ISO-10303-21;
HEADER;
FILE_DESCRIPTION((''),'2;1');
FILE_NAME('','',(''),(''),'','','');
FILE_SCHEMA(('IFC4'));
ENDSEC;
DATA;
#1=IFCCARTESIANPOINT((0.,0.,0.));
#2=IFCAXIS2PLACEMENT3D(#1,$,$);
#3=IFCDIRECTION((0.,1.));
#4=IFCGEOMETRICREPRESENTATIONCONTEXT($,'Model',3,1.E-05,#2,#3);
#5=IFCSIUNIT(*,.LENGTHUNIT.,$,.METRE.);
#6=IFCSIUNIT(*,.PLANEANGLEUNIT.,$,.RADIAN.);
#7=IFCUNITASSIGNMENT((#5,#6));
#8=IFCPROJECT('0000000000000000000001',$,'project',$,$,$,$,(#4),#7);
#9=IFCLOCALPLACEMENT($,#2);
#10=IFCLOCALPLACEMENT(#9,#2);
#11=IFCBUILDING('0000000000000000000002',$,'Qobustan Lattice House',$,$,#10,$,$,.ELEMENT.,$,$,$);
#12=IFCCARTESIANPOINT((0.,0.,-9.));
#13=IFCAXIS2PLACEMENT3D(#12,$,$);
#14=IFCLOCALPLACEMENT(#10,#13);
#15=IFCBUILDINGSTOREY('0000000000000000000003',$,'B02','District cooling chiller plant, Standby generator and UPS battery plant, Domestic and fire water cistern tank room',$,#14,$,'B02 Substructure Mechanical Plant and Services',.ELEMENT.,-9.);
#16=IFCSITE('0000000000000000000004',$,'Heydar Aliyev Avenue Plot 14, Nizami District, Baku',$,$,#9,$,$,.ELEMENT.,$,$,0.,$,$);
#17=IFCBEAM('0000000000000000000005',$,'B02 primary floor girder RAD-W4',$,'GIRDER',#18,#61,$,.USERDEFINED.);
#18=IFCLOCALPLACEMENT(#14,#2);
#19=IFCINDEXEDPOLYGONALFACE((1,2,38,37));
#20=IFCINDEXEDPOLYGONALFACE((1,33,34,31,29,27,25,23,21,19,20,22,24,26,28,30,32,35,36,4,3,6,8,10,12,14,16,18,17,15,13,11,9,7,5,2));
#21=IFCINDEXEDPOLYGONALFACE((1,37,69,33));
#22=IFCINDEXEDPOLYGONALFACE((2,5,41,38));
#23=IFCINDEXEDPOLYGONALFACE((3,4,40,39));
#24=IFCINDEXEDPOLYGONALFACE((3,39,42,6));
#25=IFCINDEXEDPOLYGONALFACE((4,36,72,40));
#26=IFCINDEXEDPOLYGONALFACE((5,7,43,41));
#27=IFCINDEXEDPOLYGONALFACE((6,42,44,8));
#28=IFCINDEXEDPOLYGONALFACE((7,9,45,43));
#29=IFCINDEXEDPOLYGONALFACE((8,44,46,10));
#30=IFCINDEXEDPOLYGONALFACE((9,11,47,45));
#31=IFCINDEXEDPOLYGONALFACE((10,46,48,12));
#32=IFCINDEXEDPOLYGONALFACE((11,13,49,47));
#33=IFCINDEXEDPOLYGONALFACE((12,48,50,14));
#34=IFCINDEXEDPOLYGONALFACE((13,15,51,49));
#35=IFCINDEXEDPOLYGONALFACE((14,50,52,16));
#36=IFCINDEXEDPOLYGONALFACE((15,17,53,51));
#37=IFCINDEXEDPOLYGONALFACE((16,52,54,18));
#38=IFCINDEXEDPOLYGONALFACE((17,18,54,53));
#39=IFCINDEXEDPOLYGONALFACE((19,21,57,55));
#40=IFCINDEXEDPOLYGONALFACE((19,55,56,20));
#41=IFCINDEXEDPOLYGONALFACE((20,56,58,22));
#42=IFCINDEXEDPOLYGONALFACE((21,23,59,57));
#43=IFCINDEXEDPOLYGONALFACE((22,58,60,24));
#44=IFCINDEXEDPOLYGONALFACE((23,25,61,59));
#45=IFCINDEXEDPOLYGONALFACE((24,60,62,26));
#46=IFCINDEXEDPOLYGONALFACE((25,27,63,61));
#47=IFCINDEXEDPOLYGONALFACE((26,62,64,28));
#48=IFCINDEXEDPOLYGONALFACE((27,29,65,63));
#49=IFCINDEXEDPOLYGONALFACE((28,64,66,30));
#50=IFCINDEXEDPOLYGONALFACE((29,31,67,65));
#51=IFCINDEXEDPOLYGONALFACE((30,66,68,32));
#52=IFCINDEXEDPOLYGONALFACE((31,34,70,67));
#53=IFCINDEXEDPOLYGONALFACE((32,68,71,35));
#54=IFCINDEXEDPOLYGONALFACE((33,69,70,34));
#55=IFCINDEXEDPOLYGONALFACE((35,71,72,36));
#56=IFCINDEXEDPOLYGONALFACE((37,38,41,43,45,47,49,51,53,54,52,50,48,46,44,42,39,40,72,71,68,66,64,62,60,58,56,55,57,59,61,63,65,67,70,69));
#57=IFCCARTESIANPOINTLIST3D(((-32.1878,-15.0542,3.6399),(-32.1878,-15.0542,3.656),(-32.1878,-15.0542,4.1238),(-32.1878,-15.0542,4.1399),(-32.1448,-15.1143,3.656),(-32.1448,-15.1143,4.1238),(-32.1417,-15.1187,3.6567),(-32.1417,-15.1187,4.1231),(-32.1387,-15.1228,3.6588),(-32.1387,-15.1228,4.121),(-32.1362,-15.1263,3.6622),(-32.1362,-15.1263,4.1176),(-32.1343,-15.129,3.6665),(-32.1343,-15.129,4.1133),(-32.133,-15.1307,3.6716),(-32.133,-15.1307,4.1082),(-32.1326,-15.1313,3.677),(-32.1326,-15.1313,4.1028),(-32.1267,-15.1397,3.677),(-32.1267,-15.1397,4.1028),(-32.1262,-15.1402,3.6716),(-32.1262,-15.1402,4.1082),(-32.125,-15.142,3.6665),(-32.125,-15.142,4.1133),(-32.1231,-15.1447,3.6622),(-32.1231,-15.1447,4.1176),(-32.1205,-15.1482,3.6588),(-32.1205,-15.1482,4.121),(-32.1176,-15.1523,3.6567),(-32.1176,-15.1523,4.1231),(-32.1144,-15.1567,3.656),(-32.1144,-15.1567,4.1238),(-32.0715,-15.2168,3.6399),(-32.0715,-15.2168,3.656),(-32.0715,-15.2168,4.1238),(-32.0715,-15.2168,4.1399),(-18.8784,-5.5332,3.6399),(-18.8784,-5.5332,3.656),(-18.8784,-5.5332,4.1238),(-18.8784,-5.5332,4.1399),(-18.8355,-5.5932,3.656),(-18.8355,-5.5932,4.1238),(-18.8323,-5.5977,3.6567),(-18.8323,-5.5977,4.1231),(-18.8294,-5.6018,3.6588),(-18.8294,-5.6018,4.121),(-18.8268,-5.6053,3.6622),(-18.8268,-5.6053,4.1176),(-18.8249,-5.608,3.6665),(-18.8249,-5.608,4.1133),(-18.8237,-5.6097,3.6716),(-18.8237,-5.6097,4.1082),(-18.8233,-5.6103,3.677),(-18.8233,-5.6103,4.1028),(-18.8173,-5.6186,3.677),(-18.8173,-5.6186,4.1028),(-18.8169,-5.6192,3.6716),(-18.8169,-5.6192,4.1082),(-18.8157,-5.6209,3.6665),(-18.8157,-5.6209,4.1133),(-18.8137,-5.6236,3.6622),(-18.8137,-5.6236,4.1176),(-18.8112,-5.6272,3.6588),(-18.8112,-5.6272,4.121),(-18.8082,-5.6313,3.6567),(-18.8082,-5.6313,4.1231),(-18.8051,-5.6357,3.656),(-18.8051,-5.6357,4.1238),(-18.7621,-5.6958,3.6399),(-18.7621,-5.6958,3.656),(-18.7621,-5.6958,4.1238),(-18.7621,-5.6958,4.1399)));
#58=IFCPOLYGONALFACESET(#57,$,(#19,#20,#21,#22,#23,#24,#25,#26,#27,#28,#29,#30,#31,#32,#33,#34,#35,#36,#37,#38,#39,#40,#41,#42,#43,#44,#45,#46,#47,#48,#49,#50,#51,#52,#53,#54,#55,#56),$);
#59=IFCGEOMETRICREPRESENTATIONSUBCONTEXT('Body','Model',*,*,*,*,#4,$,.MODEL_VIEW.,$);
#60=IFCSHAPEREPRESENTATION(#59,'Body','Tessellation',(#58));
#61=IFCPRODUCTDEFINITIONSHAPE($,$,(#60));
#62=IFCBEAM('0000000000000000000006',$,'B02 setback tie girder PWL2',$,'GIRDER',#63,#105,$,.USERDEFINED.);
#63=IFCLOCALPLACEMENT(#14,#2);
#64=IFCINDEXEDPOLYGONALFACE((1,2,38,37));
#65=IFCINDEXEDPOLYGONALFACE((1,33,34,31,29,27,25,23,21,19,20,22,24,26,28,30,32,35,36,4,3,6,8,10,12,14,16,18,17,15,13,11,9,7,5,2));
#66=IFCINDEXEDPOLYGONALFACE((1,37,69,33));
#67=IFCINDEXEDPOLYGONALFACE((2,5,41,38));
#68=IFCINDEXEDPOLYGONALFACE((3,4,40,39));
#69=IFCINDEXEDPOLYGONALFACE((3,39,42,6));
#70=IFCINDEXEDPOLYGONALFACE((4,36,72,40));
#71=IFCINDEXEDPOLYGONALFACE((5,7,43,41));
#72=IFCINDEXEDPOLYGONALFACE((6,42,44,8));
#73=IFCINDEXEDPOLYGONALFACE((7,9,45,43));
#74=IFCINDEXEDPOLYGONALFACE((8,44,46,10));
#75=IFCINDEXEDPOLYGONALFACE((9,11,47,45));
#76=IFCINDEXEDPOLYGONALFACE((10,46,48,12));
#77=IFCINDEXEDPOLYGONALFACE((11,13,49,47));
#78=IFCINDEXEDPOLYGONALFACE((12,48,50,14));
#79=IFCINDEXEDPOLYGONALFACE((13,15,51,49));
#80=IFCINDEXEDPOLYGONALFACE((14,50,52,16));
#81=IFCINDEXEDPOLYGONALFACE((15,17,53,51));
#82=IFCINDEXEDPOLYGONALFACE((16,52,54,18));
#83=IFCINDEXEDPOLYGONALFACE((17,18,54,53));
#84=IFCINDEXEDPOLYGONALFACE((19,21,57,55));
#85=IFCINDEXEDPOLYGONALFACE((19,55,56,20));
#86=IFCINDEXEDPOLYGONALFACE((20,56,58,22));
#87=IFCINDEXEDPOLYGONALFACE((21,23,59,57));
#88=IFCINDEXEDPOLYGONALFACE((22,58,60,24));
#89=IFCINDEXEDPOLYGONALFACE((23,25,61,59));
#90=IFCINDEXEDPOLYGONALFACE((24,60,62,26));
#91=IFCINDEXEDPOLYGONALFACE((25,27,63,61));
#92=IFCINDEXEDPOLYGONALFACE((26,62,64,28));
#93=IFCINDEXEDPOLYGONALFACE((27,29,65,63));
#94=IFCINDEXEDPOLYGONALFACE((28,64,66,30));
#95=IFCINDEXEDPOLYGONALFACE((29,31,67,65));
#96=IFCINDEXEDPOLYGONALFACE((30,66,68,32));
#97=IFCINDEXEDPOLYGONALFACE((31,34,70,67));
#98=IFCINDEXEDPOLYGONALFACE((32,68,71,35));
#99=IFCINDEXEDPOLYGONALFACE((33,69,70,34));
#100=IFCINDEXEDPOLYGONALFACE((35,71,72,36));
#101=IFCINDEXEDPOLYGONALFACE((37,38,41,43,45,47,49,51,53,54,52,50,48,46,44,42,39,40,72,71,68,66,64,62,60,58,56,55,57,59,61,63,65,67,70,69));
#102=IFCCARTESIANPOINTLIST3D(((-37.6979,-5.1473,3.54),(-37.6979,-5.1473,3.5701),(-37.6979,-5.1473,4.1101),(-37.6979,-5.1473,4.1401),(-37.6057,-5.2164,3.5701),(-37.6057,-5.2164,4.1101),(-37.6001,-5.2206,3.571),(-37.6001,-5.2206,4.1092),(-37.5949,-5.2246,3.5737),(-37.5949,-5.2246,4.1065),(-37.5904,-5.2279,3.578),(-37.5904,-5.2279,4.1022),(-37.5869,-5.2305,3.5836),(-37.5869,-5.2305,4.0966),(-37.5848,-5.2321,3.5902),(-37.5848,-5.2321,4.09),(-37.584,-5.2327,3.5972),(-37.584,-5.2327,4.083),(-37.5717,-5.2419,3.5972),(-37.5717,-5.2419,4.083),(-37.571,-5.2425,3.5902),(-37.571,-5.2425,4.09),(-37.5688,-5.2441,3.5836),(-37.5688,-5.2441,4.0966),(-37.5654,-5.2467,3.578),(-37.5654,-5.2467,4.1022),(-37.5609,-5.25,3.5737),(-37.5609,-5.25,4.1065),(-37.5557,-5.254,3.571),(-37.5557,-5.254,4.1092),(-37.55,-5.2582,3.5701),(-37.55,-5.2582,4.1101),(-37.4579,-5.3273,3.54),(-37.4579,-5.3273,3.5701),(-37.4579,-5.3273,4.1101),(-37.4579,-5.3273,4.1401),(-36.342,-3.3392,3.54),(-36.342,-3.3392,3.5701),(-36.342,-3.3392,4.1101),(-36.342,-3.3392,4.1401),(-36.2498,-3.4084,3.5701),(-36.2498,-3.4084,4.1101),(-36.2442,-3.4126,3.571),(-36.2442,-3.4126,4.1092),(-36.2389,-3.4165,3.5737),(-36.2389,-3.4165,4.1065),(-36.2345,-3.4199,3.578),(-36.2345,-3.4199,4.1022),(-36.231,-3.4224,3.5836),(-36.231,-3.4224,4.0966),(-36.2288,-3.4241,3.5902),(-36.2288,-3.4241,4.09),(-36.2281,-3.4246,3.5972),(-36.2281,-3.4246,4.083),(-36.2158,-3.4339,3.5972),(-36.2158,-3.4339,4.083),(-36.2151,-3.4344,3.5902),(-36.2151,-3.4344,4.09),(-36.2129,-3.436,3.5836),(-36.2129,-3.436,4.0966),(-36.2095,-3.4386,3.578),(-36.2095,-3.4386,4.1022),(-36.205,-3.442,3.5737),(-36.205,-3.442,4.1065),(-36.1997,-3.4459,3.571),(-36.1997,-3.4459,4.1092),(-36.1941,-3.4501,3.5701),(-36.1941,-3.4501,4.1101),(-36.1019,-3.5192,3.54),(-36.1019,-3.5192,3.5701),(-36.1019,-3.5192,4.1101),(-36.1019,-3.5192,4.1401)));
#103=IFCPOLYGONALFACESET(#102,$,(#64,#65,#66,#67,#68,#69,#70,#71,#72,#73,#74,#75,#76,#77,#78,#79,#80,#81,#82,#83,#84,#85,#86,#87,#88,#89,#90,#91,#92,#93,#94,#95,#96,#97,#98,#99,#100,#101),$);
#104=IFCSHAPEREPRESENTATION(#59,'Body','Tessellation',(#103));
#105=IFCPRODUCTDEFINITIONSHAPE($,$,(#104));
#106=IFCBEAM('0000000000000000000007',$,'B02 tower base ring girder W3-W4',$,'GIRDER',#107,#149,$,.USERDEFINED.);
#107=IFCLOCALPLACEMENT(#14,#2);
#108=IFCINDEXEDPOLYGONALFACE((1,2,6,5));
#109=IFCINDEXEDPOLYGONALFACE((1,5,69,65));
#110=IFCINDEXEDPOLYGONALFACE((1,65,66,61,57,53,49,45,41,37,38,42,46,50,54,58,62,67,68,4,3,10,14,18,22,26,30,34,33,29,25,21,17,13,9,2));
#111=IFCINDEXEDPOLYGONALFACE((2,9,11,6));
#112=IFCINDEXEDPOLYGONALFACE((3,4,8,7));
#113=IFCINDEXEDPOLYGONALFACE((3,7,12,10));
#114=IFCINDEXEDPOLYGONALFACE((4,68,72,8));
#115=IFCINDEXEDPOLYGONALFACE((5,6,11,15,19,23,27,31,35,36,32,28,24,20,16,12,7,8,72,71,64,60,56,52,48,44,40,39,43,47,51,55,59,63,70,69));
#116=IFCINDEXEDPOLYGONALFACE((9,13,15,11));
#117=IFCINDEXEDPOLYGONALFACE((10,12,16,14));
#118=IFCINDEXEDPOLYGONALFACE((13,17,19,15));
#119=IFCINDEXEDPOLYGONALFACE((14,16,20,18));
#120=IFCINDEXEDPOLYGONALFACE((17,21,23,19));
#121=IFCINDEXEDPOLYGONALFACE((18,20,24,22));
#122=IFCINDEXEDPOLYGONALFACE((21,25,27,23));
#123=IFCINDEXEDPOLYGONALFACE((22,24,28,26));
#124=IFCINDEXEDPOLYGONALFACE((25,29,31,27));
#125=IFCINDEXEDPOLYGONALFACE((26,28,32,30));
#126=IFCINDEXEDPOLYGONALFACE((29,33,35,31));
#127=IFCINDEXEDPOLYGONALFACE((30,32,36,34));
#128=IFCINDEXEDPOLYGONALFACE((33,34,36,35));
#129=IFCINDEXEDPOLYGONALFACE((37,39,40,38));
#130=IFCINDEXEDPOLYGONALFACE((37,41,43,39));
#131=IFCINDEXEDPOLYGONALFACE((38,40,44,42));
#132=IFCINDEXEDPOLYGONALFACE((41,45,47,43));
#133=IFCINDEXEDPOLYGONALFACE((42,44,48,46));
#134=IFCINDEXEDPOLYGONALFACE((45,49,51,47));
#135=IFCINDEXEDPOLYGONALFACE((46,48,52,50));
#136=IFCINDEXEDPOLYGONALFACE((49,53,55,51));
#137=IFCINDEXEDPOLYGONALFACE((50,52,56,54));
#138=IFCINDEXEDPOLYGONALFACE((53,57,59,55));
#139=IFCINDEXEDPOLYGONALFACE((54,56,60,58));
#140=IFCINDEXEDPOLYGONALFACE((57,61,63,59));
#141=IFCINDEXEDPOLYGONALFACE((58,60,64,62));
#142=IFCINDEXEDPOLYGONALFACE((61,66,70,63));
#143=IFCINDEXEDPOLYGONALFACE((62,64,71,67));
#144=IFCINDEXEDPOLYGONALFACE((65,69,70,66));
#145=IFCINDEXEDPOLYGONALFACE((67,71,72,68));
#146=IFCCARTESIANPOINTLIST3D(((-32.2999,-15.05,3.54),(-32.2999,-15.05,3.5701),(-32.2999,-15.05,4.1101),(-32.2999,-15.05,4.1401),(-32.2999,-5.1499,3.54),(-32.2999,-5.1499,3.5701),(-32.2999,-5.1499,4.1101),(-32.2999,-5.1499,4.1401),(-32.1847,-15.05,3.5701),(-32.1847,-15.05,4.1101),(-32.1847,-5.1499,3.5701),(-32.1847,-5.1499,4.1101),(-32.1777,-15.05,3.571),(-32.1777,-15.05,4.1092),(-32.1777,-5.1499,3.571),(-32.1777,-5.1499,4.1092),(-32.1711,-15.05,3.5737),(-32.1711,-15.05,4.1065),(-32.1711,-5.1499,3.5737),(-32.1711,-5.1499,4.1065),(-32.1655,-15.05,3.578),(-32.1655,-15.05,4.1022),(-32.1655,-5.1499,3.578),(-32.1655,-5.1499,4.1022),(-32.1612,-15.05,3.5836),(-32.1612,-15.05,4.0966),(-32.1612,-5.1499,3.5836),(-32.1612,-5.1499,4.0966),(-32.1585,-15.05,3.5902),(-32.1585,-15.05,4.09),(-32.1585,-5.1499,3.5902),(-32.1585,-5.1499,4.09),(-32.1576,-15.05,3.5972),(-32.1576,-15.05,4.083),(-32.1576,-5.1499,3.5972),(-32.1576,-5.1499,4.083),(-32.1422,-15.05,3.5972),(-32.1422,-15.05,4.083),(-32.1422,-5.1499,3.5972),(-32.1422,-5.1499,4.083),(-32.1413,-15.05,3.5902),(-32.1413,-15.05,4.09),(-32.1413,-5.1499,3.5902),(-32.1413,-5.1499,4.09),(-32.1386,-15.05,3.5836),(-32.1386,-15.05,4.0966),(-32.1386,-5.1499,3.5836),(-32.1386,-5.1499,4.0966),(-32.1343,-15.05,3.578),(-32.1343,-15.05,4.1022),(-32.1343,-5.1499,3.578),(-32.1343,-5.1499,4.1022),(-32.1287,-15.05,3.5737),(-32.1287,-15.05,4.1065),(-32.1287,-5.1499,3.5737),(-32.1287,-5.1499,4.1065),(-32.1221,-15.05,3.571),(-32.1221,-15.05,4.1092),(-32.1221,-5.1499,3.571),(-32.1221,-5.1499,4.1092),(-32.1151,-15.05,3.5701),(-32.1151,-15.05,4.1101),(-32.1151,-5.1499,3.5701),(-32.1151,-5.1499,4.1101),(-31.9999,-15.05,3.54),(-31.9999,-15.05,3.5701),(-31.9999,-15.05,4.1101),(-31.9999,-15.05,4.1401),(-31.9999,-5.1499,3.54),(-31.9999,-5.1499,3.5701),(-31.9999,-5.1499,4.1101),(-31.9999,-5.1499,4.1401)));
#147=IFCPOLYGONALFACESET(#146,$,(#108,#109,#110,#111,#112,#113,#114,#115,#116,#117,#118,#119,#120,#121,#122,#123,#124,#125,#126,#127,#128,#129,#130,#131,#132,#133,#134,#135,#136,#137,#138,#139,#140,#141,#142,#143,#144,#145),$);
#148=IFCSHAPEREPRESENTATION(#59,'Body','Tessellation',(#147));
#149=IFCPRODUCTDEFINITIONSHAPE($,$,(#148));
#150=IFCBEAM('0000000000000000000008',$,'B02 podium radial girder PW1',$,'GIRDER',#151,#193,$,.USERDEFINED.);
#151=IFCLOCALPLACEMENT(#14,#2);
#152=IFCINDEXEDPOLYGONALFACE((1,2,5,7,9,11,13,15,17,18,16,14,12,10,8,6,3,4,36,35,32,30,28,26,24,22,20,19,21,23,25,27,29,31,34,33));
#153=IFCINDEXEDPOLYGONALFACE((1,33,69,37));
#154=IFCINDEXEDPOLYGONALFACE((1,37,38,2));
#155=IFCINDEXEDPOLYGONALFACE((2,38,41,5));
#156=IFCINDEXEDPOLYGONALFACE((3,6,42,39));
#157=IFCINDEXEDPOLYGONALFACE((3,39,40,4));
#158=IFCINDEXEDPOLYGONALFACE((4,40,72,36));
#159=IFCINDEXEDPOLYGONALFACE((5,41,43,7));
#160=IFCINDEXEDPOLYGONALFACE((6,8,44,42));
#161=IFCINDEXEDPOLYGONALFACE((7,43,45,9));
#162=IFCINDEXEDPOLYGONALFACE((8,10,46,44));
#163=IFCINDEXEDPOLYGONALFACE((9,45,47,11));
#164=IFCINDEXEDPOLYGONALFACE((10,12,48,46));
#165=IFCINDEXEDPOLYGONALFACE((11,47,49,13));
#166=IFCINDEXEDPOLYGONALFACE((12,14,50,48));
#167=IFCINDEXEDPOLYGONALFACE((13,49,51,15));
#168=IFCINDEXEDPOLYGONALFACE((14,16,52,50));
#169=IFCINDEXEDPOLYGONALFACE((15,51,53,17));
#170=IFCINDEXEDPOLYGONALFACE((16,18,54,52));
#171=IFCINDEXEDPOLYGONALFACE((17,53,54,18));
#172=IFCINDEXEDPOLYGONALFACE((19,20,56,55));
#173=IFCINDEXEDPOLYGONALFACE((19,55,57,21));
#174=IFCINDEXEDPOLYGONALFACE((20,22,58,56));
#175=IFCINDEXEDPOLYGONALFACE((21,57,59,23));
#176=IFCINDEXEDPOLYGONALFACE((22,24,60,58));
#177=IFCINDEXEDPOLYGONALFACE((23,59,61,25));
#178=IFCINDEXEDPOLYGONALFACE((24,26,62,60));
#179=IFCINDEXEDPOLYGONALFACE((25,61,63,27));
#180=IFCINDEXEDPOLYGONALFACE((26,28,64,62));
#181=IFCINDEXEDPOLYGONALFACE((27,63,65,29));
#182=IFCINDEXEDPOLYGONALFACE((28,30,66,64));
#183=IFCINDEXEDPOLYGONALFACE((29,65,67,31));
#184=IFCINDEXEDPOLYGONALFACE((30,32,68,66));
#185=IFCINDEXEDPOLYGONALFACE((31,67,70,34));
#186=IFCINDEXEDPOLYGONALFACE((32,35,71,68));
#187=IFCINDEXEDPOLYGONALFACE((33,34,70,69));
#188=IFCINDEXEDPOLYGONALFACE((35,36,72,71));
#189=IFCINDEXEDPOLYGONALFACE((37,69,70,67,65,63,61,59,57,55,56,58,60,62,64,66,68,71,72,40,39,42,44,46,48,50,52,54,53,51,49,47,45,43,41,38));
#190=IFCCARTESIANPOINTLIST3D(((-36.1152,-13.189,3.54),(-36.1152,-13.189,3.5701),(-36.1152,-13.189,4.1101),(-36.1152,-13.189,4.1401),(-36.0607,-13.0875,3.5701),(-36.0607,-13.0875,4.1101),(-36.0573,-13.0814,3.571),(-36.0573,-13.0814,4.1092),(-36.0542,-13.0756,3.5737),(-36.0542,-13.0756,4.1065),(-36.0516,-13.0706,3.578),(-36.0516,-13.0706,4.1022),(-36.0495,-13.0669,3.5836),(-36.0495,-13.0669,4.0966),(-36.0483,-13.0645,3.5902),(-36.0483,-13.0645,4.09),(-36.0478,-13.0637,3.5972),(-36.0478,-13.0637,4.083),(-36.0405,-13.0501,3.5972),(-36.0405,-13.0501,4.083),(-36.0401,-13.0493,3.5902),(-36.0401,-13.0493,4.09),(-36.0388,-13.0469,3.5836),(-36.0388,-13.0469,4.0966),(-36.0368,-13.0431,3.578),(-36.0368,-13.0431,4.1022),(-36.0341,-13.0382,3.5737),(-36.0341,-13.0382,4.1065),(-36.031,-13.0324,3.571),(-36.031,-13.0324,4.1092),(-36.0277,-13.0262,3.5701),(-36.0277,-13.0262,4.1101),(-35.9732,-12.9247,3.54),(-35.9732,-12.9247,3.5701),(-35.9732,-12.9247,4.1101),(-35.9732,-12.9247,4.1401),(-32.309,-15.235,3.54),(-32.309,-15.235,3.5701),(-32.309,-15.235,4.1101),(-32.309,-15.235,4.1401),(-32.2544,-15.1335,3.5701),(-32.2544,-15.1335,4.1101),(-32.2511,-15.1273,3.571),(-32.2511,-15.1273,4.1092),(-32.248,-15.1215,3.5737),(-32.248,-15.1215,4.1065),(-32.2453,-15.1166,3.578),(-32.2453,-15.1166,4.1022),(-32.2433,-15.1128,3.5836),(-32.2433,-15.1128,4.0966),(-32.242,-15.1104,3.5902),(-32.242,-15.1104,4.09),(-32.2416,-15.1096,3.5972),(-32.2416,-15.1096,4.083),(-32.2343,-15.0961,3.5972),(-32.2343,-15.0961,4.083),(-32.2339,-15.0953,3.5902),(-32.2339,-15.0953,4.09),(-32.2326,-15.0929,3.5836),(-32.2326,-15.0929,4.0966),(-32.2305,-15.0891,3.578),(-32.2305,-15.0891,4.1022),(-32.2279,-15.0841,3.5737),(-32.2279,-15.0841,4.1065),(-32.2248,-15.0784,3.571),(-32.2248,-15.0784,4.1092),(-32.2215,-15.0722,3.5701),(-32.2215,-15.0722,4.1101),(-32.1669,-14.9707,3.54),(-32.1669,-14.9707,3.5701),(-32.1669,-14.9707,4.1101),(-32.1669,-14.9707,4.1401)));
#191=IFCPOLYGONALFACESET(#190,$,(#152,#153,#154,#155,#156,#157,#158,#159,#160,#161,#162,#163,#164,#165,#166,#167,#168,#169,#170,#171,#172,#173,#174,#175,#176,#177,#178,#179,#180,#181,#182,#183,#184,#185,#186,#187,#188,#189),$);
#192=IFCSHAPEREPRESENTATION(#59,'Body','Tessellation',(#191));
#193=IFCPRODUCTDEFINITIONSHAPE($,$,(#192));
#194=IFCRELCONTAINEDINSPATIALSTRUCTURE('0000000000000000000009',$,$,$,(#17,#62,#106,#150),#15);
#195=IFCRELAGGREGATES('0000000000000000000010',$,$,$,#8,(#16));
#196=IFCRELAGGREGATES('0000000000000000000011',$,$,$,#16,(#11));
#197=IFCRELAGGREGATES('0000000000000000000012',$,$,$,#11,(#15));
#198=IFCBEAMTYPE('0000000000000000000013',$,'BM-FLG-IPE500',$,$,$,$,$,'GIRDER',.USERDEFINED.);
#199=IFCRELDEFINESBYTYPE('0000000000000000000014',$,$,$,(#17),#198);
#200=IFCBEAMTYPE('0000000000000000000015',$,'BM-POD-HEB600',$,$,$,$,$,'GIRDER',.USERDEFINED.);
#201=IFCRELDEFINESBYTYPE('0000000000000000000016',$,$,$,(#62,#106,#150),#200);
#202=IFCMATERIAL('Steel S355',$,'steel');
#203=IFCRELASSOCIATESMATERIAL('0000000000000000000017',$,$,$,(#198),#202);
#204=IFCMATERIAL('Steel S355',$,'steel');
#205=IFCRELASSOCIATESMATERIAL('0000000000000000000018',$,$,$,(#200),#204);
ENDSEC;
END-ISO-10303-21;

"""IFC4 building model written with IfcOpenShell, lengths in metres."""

from ifc_helpers import new_model, si_unit, direction, frame, origin, origin_2d, place, context, subcontext, project, spatial, i_section, extrude, material, material_profile, profile_set, type_object, element, save


model = new_model("IFC4")

# Units and contexts
model_context = context("Model", 3, precision=1e-05, world=origin(), true_north=direction((0.0, 1.0)))
body_context = subcontext(model_context, "Body", "Model", "MODEL_VIEW")
ifc_project = project(units=[si_unit("LENGTHUNIT", "METRE"), si_unit("PLANEANGLEUNIT", "RADIAN")], contexts=[model_context])

# Site, building, storey
site_placement = place(None, origin())
site = spatial("IfcSite", under=ifc_project, at=site_placement, Name="Heydar Aliyev Avenue Plot 14, Nizami District, Baku", CompositionType="ELEMENT", RefElevation=0.0)
building_placement = place(site_placement, origin())
building = spatial("IfcBuilding", under=site, at=building_placement, Name="Qobustan Lattice House", CompositionType="ELEMENT")
storey_placement = place(building_placement, frame((0.0, 0.0, -9.0)))
storey = spatial("IfcBuildingStorey", under=building, at=storey_placement, Name="B02", Description="District cooling chiller plant, Standby generator and UPS battery plant, Domestic and fire water cistern tank room", LongName="B02 Substructure Mechanical Plant and Services", CompositionType="ELEMENT", Elevation=-9.0)

# Beams
ifc_material_1 = material(Name="Steel S355", Category="steel")
ifc_material_profile_1 = material_profile(ifc_material_1, i_section(OverallWidth=0.2, OverallDepth=0.5, WebThickness=0.0103, FlangeThickness=0.0161, FilletRadius=0.021, at=origin_2d()), Name="IPE500")
ifc_profile_set_1 = profile_set([ifc_material_profile_1], Name="Steel S355")
beam_type_1 = type_object("IfcBeamType", Name="BM-FLG-IPE500", ElementType="GIRDER", PredefinedType="USERDEFINED", material=ifc_profile_set_1)
beam_1_placement = place(storey_placement, frame((-32.1296, -15.1355, 3.8899), z_axis=(0.813319, 0.581818, 0.0), x_axis=(-0.581818, 0.813319, 0.0)))
element("IfcBeam", 1, at=beam_1_placement, inside=storey, type_object=beam_type_1, Name="B02 primary floor girder RAD-W4", ObjectType="GIRDER", PredefinedType="USERDEFINED", context=body_context, shape_type="SweptSolid", body=[
    extrude(i_section(OverallWidth=0.2, OverallDepth=0.5, WebThickness=0.0103, FlangeThickness=0.0161, FilletRadius=0.021, at=origin_2d()), origin(), (0.0, 0.0, 1.0), 16.3643),
])
ifc_material_2 = material(Name="Steel S355", Category="steel")
ifc_material_profile_2 = material_profile(ifc_material_2, i_section(OverallWidth=0.3, OverallDepth=0.6001, WebThickness=0.0154, FlangeThickness=0.03, FilletRadius=0.0271, at=origin_2d()), Name="HEB600")
ifc_profile_set_2 = profile_set([ifc_material_profile_2], Name="Steel S355")
beam_type_2 = type_object("IfcBeamType", Name="BM-POD-HEB600", ElementType="GIRDER", PredefinedType="USERDEFINED", material=ifc_profile_set_2)
beam_2_placement = place(storey_placement, frame((-37.5779, -5.2373, 3.8401), z_axis=(0.599965, 0.800026, 0.0), x_axis=(-0.800026, 0.599965, 0.0)))
element("IfcBeam", 2, at=beam_2_placement, inside=storey, type_object=beam_type_2, Name="B02 setback tie girder PWL2", ObjectType="GIRDER", PredefinedType="USERDEFINED", context=body_context, shape_type="SweptSolid", body=[
    extrude(i_section(OverallWidth=0.3, OverallDepth=0.6001, WebThickness=0.0154, FlangeThickness=0.03, FilletRadius=0.0271, at=origin_2d()), origin(), (0.0, 0.0, 1.0), 2.26),
])
beam_3_placement = place(storey_placement, frame((-32.1499, -5.1499, 3.8401), z_axis=(0.0, -1.0, 0.0), x_axis=(1.0, 0.0, 0.0)))
element("IfcBeam", 3, at=beam_3_placement, inside=storey, type_object=beam_type_2, Name="B02 tower base ring girder W3-W4", ObjectType="GIRDER", PredefinedType="USERDEFINED", context=body_context, shape_type="SweptSolid", body=[
    extrude(i_section(OverallWidth=0.3, OverallDepth=0.6001, WebThickness=0.0154, FlangeThickness=0.03, FilletRadius=0.0271, at=origin_2d()), origin(), (0.0, 0.0, 1.0), 9.9001),
])
beam_4_placement = place(storey_placement, frame((-36.0442, -13.0569, 3.8401), z_axis=(0.880816, -0.47346, 0.0), x_axis=(0.47346, 0.880816, 0.0)))
element("IfcBeam", 4, at=beam_4_placement, inside=storey, type_object=beam_type_2, Name="B02 podium radial girder PW1", ObjectType="GIRDER", PredefinedType="USERDEFINED", context=body_context, shape_type="SweptSolid", body=[
    extrude(i_section(OverallWidth=0.3, OverallDepth=0.6001, WebThickness=0.0154, FlangeThickness=0.03, FilletRadius=0.0271, at=origin_2d()), origin(), (0.0, 0.0, 1.0), 4.3213),
])

save(model, "model.ifc")
